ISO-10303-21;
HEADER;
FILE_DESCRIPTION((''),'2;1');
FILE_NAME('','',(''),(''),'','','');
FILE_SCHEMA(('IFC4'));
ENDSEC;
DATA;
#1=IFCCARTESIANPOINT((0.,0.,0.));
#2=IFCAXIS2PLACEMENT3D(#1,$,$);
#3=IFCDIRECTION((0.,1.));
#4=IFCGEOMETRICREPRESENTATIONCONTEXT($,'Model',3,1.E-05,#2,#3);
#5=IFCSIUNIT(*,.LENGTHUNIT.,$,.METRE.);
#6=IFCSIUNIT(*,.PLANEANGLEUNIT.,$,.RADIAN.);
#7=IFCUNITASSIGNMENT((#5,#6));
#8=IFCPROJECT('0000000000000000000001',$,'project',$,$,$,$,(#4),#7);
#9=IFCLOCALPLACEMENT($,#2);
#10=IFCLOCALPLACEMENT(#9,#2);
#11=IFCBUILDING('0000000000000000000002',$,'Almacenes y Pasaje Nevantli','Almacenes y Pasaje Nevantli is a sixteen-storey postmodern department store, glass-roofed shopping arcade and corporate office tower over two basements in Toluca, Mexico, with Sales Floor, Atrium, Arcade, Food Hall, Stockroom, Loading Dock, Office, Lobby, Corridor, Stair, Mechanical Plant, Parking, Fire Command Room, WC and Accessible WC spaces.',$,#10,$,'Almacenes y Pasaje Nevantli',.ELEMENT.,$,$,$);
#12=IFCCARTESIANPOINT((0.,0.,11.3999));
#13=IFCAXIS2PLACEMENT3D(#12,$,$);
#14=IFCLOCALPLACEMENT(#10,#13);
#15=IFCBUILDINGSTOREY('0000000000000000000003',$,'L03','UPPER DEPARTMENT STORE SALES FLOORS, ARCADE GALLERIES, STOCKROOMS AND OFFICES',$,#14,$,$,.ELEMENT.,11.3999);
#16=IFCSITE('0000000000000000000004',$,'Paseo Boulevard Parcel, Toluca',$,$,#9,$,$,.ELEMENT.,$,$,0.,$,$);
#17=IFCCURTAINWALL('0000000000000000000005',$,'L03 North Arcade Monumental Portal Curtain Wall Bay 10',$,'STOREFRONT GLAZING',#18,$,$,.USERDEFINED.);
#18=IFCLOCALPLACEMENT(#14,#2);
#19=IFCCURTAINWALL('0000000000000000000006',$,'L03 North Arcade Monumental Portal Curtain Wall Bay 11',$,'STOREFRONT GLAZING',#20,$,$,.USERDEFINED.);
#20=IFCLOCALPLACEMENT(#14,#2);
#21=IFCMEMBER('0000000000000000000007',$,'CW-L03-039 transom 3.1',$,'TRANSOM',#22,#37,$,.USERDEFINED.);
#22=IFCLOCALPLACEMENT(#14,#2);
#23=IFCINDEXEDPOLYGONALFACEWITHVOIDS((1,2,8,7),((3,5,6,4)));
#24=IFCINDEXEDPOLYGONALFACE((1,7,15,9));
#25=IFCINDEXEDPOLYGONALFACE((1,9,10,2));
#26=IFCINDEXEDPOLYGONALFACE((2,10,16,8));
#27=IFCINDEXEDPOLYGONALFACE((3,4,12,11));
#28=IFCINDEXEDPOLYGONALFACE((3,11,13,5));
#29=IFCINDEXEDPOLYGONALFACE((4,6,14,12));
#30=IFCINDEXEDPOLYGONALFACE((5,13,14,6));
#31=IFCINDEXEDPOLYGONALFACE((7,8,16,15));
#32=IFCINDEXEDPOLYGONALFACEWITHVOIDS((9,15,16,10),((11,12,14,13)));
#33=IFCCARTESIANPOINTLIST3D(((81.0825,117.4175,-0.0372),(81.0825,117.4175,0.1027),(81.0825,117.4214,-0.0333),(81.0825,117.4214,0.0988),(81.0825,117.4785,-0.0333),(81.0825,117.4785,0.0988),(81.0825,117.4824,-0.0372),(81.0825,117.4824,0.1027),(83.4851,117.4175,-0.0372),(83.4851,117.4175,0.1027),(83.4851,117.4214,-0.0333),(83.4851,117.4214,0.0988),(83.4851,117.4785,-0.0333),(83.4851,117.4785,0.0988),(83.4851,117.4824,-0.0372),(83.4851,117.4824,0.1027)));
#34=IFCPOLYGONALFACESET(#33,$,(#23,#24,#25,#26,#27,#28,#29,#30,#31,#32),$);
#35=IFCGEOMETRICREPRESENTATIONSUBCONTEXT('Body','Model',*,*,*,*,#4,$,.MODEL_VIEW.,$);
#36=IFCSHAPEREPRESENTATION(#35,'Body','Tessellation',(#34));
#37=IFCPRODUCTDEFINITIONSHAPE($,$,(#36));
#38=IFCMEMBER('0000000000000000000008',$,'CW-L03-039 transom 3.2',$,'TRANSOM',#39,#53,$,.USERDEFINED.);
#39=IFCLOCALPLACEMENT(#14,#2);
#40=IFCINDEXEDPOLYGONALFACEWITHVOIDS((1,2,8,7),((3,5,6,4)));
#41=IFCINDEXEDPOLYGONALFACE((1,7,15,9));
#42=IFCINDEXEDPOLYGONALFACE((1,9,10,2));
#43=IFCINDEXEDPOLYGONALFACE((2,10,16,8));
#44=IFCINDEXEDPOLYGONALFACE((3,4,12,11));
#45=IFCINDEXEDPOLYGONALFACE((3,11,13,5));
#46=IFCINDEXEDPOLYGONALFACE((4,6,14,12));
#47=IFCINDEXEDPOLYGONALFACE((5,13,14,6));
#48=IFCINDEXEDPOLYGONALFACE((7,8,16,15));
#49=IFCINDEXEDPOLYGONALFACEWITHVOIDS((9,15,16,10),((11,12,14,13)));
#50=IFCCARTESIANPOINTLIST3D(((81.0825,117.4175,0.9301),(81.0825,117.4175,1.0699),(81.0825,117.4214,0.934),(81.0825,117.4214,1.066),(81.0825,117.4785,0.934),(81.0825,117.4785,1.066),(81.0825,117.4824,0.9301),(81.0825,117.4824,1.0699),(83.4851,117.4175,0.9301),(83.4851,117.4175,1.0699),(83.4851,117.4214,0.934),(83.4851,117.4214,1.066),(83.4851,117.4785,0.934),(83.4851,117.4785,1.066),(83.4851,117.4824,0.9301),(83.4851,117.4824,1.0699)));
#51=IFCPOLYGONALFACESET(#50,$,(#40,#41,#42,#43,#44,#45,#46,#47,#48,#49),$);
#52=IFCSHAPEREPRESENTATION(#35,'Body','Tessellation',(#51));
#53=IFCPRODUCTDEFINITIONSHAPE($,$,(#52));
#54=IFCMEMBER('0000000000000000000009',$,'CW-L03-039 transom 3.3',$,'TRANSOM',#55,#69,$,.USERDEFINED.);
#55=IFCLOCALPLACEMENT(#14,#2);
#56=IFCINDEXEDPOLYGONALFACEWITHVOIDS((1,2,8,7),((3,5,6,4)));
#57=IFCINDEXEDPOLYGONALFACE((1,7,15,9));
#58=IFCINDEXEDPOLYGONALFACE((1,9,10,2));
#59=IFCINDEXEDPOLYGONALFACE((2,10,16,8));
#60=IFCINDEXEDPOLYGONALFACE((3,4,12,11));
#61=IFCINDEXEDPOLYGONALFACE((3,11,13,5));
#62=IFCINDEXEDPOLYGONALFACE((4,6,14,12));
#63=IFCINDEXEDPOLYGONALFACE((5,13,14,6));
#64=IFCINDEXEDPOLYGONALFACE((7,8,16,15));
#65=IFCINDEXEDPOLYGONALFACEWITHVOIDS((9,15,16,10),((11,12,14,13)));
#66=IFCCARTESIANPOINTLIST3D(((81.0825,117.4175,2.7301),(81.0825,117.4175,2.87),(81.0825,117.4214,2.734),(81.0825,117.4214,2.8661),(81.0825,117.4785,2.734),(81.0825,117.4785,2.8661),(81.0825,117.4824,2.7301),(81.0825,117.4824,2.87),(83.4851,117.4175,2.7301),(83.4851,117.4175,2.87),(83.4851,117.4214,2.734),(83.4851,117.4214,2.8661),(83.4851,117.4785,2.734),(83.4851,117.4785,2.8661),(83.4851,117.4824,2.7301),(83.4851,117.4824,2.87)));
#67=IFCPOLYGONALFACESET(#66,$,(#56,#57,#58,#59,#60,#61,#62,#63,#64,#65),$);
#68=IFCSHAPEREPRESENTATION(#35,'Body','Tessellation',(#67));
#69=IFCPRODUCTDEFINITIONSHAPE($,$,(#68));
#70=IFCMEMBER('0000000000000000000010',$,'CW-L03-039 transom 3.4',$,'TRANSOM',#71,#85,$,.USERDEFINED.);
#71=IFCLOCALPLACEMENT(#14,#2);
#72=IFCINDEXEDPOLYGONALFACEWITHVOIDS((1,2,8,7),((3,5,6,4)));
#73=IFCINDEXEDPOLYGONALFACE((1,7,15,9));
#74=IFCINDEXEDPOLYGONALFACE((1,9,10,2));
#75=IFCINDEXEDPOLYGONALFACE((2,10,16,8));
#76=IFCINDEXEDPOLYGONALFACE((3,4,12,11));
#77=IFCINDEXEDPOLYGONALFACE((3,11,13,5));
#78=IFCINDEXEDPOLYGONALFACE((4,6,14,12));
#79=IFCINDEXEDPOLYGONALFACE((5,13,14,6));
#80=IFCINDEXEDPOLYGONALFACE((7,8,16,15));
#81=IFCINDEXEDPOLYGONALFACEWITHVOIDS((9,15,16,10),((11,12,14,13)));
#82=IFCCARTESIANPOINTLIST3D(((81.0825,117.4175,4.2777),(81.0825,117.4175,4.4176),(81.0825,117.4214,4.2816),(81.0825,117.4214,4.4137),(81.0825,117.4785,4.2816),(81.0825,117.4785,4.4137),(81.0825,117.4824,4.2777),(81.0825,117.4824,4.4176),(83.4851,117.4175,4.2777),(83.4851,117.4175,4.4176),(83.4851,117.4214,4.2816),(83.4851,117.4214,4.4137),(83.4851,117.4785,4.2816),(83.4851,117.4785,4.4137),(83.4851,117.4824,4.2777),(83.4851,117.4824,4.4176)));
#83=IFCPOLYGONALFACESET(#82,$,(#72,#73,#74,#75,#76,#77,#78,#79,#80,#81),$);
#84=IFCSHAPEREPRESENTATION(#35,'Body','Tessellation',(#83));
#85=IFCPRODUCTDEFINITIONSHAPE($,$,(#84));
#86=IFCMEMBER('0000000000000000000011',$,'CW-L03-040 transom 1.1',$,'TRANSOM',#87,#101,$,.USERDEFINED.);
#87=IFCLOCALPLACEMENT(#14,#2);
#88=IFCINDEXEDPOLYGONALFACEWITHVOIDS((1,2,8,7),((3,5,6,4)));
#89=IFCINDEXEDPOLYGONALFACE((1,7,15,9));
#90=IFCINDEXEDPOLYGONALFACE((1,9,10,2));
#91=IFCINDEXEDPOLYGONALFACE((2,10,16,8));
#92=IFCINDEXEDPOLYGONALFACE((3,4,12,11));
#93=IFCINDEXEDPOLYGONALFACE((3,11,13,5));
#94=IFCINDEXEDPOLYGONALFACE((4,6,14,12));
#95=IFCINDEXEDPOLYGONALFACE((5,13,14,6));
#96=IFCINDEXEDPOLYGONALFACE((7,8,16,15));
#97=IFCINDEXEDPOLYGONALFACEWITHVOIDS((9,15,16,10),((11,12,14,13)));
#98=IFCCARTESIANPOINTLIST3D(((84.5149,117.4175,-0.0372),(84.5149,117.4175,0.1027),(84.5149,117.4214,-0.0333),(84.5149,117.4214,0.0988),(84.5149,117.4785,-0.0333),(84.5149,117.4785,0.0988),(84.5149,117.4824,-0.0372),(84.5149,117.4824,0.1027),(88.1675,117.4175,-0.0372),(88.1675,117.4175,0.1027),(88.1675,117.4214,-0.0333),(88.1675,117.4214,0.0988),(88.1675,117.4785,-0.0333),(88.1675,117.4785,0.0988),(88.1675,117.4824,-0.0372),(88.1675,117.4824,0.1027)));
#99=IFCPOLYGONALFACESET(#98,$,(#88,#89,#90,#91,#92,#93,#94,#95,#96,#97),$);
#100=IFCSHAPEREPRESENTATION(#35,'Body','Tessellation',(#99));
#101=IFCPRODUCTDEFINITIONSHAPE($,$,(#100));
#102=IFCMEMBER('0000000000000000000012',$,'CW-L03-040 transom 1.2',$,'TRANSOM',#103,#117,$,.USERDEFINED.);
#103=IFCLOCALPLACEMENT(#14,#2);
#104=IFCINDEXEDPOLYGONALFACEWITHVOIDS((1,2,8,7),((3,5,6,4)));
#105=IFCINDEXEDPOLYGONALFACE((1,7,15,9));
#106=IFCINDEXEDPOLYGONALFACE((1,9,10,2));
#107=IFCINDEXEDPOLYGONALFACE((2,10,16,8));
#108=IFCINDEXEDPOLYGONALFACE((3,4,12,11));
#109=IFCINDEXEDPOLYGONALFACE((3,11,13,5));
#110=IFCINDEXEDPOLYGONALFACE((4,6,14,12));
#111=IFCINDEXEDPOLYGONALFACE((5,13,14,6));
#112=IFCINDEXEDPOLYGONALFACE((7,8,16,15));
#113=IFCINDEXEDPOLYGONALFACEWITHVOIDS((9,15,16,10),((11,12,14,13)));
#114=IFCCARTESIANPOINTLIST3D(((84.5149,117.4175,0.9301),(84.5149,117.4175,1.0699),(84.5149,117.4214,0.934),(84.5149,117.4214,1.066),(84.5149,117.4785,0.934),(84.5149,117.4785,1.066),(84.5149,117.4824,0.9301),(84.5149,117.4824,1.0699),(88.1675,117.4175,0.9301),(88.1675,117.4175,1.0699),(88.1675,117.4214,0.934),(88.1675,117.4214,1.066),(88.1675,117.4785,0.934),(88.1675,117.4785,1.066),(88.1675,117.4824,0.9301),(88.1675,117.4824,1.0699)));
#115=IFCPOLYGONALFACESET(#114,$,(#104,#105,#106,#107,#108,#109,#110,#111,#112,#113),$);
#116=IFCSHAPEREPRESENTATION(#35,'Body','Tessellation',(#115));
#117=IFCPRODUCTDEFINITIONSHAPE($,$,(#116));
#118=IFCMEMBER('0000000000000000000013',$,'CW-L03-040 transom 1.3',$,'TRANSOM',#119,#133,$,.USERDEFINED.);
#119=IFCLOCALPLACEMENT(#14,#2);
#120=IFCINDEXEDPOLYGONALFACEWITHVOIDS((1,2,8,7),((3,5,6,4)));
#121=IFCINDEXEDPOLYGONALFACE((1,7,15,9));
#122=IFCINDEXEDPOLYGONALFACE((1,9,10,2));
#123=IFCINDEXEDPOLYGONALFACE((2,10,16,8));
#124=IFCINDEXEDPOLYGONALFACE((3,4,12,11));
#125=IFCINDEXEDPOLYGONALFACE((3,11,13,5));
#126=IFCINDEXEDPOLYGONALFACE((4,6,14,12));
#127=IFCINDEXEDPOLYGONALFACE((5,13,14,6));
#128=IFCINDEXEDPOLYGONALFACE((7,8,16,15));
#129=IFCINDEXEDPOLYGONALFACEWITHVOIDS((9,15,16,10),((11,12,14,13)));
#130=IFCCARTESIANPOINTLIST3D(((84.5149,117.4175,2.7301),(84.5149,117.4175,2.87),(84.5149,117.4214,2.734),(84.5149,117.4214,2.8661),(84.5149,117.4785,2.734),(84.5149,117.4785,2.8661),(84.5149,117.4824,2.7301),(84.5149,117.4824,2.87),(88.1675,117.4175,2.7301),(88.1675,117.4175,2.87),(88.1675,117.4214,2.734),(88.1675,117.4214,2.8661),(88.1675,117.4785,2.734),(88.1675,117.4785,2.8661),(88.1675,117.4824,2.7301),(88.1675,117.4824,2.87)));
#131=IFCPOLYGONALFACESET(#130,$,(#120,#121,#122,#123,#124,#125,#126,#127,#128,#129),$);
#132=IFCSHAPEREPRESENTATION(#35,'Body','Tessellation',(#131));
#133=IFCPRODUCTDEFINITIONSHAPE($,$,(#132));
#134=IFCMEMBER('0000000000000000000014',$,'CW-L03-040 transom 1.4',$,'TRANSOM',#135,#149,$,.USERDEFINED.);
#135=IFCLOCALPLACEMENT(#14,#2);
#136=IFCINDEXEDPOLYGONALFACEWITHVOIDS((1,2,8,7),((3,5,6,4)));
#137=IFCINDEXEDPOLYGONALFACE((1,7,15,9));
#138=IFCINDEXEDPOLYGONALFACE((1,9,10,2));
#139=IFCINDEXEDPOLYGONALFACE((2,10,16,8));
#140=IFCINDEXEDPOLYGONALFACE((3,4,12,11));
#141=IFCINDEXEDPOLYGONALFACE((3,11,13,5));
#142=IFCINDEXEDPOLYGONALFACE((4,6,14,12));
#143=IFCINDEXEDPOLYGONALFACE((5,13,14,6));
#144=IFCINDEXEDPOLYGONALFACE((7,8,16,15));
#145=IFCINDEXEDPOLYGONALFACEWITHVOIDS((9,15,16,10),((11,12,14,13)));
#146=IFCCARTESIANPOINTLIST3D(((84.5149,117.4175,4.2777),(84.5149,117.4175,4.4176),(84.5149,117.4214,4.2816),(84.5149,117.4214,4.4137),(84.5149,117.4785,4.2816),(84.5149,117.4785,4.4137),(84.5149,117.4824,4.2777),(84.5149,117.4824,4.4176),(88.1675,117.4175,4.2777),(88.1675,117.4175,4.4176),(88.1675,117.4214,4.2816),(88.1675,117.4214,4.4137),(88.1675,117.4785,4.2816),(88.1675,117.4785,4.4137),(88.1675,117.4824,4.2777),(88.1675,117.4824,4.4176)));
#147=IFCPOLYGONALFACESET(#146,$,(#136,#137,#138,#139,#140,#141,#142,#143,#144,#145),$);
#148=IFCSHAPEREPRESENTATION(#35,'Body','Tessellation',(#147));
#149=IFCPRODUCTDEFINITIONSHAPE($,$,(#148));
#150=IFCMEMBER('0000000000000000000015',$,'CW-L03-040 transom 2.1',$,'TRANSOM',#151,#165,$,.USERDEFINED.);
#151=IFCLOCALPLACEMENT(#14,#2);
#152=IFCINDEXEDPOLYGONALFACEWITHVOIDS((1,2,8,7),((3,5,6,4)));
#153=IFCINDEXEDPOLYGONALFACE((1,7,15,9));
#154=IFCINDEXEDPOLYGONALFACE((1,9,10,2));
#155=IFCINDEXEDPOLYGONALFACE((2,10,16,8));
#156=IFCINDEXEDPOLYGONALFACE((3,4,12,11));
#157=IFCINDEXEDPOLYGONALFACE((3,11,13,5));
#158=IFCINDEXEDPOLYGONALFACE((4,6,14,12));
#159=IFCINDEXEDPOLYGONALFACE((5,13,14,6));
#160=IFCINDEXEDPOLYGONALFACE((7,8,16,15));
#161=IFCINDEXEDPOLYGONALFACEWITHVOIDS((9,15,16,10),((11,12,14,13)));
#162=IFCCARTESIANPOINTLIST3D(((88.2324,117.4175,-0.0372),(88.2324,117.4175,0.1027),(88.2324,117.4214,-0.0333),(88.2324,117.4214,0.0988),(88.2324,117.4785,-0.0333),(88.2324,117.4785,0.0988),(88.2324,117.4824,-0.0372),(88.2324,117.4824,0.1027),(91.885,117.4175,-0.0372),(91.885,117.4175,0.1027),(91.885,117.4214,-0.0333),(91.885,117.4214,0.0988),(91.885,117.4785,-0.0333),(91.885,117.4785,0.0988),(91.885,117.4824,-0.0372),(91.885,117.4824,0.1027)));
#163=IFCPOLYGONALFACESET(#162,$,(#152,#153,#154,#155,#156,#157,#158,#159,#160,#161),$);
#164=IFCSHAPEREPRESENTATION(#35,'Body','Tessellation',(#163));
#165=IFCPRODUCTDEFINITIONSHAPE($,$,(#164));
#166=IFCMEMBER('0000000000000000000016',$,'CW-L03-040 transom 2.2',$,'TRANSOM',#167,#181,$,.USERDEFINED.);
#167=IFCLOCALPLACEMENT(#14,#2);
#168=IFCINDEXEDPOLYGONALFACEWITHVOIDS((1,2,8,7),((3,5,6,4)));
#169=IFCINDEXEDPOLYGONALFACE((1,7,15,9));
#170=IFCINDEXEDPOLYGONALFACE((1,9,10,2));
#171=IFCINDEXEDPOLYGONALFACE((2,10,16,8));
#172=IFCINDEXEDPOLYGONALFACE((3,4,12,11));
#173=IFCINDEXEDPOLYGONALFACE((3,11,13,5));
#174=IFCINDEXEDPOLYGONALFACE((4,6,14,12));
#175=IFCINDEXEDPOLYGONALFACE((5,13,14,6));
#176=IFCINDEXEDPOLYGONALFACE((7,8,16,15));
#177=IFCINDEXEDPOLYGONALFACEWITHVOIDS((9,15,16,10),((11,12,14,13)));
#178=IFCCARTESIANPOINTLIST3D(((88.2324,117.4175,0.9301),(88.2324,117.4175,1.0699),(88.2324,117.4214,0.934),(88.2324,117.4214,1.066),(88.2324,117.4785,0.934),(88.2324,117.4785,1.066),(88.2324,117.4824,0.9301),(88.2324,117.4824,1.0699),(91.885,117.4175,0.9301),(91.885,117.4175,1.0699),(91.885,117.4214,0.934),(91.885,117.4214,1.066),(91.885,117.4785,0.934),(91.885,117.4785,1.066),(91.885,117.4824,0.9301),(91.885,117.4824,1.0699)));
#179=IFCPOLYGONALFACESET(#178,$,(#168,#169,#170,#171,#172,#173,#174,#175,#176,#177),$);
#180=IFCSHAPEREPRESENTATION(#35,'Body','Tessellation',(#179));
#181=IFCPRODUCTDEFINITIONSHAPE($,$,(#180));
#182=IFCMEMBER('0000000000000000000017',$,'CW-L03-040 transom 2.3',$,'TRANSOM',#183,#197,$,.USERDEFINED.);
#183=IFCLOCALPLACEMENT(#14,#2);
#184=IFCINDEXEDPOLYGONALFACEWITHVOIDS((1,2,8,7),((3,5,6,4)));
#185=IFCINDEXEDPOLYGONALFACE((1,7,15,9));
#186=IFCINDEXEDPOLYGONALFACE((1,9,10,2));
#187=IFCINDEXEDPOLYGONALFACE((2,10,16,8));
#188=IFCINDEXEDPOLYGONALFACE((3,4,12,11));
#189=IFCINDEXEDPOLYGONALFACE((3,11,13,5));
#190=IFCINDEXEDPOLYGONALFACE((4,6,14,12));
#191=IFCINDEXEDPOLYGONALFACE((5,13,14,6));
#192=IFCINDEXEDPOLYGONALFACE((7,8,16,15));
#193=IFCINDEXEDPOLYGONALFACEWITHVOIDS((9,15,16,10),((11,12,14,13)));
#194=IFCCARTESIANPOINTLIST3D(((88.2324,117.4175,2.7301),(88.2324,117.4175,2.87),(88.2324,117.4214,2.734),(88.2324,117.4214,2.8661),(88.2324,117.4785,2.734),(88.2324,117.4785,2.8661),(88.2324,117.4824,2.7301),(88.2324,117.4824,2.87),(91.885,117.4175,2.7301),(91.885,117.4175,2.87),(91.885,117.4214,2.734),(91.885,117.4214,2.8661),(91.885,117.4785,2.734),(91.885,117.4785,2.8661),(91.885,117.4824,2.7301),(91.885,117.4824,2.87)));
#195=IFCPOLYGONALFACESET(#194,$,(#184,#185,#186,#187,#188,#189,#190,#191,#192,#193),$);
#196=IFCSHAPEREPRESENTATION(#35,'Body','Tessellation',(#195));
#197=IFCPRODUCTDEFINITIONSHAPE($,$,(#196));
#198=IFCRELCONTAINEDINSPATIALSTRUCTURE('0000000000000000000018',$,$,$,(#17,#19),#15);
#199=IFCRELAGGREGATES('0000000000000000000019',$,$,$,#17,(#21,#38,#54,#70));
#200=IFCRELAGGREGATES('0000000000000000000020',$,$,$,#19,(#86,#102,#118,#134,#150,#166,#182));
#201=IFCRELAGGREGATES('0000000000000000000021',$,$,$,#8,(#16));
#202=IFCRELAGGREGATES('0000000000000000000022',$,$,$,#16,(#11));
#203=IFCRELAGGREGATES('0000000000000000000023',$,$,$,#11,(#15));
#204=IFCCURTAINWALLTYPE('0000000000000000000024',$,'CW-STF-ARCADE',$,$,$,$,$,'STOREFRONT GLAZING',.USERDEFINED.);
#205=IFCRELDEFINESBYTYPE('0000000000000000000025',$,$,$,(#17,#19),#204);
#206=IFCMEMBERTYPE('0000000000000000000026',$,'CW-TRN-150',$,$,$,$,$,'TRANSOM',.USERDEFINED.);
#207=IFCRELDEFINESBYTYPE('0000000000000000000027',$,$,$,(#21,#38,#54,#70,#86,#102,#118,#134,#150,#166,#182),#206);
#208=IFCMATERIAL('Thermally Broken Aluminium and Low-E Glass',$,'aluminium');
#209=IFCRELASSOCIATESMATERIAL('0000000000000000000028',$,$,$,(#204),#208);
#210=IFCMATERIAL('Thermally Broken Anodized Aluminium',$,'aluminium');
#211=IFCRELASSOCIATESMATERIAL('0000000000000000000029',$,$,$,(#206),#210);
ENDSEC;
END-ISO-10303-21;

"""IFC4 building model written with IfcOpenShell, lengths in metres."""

from ifc_helpers import new_model, si_unit, direction, frame, origin, origin_2d, place, context, subcontext, project, spatial, hollow_rectangle, extrude, material, material_profile, profile_set, type_object, element, aggregate, save


model = new_model("IFC4")

# Units and contexts
model_context = context("Model", 3, precision=1e-05, world=origin(), true_north=direction((0.0, 1.0)))
body_context = subcontext(model_context, "Body", "Model", "MODEL_VIEW")
ifc_project = project(units=[si_unit("LENGTHUNIT", "METRE"), si_unit("PLANEANGLEUNIT", "RADIAN")], contexts=[model_context])

# Site, building, storey
site_placement = place(None, origin())
site = spatial("IfcSite", under=ifc_project, at=site_placement, Name="Paseo Boulevard Parcel, Toluca", CompositionType="ELEMENT", RefElevation=0.0)
building_placement = place(site_placement, origin())
building = spatial("IfcBuilding", under=site, at=building_placement, Name="Almacenes y Pasaje Nevantli", Description="Almacenes y Pasaje Nevantli is a sixteen-storey postmodern department store, glass-roofed shopping arcade and corporate office tower over two basements in Toluca, Mexico, with Sales Floor, Atrium, Arcade, Food Hall, Stockroom, Loading Dock, Office, Lobby, Corridor, Stair, Mechanical Plant, Parking, Fire Command Room, WC and Accessible WC spaces.", LongName="Almacenes y Pasaje Nevantli", CompositionType="ELEMENT")
storey_placement = place(building_placement, frame((0.0, 0.0, 11.3999)))
storey = spatial("IfcBuildingStorey", under=building, at=storey_placement, Name="L03", Description="UPPER DEPARTMENT STORE SALES FLOORS, ARCADE GALLERIES, STOCKROOMS AND OFFICES", CompositionType="ELEMENT", Elevation=11.3999)

# Curtain walls
ifc_material_1 = material(Name="Thermally Broken Aluminium and Low-E Glass", Category="aluminium")
curtain_wall_type_1 = type_object("IfcCurtainWallType", Name="CW-STF-ARCADE", ElementType="STOREFRONT GLAZING", PredefinedType="USERDEFINED", material=ifc_material_1)
curtain_wall_1_placement = place(storey_placement, origin())
curtain_wall_1 = element("IfcCurtainWall", 1, at=curtain_wall_1_placement, inside=storey, type_object=curtain_wall_type_1, Name="L03 North Arcade Monumental Portal Curtain Wall Bay 10", ObjectType="STOREFRONT GLAZING", PredefinedType="USERDEFINED")
curtain_wall_2_placement = place(storey_placement, origin())
curtain_wall_2 = element("IfcCurtainWall", 2, at=curtain_wall_2_placement, inside=storey, type_object=curtain_wall_type_1, Name="L03 North Arcade Monumental Portal Curtain Wall Bay 11", ObjectType="STOREFRONT GLAZING", PredefinedType="USERDEFINED")

# Members
ifc_material_2 = material(Name="Thermally Broken Anodized Aluminium", Category="aluminium")
ifc_material_profile_1 = material_profile(ifc_material_2, hollow_rectangle(XDim=0.0649, YDim=0.1399, WallThickness=0.0039, at=origin_2d()), Name="ALU-TRN-65x140")
ifc_profile_set_1 = profile_set([ifc_material_profile_1], Name="Thermally Broken Anodized Aluminium")
member_type_1 = type_object("IfcMemberType", Name="CW-TRN-150", ElementType="TRANSOM", PredefinedType="USERDEFINED", material=ifc_profile_set_1)
member_1_placement = place(storey_placement, frame((81.0825, 117.45, 0.0327), z_axis=(1.0, 0.0, 0.0), x_axis=(0.0, 1.0, 0.0)))
member_1 = element("IfcMember", 3, at=member_1_placement, type_object=member_type_1, Name="CW-L03-039 transom 3.1", ObjectType="TRANSOM", PredefinedType="USERDEFINED", context=body_context, shape_type="SweptSolid", body=[
    extrude(hollow_rectangle(XDim=0.0649, YDim=0.1399, WallThickness=0.0039, at=origin_2d()), origin(), (0.0, 0.0, 1.0), 2.4026),
])
member_2_placement = place(storey_placement, frame((81.0825, 117.45, 1.0), z_axis=(1.0, 0.0, 0.0), x_axis=(0.0, 1.0, 0.0)))
member_2 = element("IfcMember", 4, at=member_2_placement, type_object=member_type_1, Name="CW-L03-039 transom 3.2", ObjectType="TRANSOM", PredefinedType="USERDEFINED", context=body_context, shape_type="SweptSolid", body=[
    extrude(hollow_rectangle(XDim=0.0649, YDim=0.1399, WallThickness=0.0039, at=origin_2d()), origin(), (0.0, 0.0, 1.0), 2.4026),
])
member_3_placement = place(storey_placement, frame((81.0825, 117.45, 2.8), z_axis=(1.0, 0.0, 0.0), x_axis=(0.0, 1.0, 0.0)))
member_3 = element("IfcMember", 5, at=member_3_placement, type_object=member_type_1, Name="CW-L03-039 transom 3.3", ObjectType="TRANSOM", PredefinedType="USERDEFINED", context=body_context, shape_type="SweptSolid", body=[
    extrude(hollow_rectangle(XDim=0.0649, YDim=0.1399, WallThickness=0.0039, at=origin_2d()), origin(), (0.0, 0.0, 1.0), 2.4026),
])
member_4_placement = place(storey_placement, frame((81.0825, 117.45, 4.3477), z_axis=(1.0, 0.0, 0.0), x_axis=(0.0, 1.0, 0.0)))
member_4 = element("IfcMember", 6, at=member_4_placement, type_object=member_type_1, Name="CW-L03-039 transom 3.4", ObjectType="TRANSOM", PredefinedType="USERDEFINED", context=body_context, shape_type="SweptSolid", body=[
    extrude(hollow_rectangle(XDim=0.0649, YDim=0.1399, WallThickness=0.0039, at=origin_2d()), origin(), (0.0, 0.0, 1.0), 2.4026),
])
member_5_placement = place(storey_placement, frame((84.5149, 117.45, 0.0327), z_axis=(1.0, 0.0, 0.0), x_axis=(0.0, 1.0, 0.0)))
member_5 = element("IfcMember", 7, at=member_5_placement, type_object=member_type_1, Name="CW-L03-040 transom 1.1", ObjectType="TRANSOM", PredefinedType="USERDEFINED", context=body_context, shape_type="SweptSolid", body=[
    extrude(hollow_rectangle(XDim=0.0649, YDim=0.1399, WallThickness=0.0039, at=origin_2d()), origin(), (0.0, 0.0, 1.0), 3.6526),
])
member_6_placement = place(storey_placement, frame((84.5149, 117.45, 1.0), z_axis=(1.0, 0.0, 0.0), x_axis=(0.0, 1.0, 0.0)))
member_6 = element("IfcMember", 8, at=member_6_placement, type_object=member_type_1, Name="CW-L03-040 transom 1.2", ObjectType="TRANSOM", PredefinedType="USERDEFINED", context=body_context, shape_type="SweptSolid", body=[
    extrude(hollow_rectangle(XDim=0.0649, YDim=0.1399, WallThickness=0.0039, at=origin_2d()), origin(), (0.0, 0.0, 1.0), 3.6526),
])
member_7_placement = place(storey_placement, frame((84.5149, 117.45, 2.8), z_axis=(1.0, 0.0, 0.0), x_axis=(0.0, 1.0, 0.0)))
member_7 = element("IfcMember", 9, at=member_7_placement, type_object=member_type_1, Name="CW-L03-040 transom 1.3", ObjectType="TRANSOM", PredefinedType="USERDEFINED", context=body_context, shape_type="SweptSolid", body=[
    extrude(hollow_rectangle(XDim=0.0649, YDim=0.1399, WallThickness=0.0039, at=origin_2d()), origin(), (0.0, 0.0, 1.0), 3.6526),
])
member_8_placement = place(storey_placement, frame((84.5149, 117.45, 4.3477), z_axis=(1.0, 0.0, 0.0), x_axis=(0.0, 1.0, 0.0)))
member_8 = element("IfcMember", 10, at=member_8_placement, type_object=member_type_1, Name="CW-L03-040 transom 1.4", ObjectType="TRANSOM", PredefinedType="USERDEFINED", context=body_context, shape_type="SweptSolid", body=[
    extrude(hollow_rectangle(XDim=0.0649, YDim=0.1399, WallThickness=0.0039, at=origin_2d()), origin(), (0.0, 0.0, 1.0), 3.6526),
])
member_9_placement = place(storey_placement, frame((88.2324, 117.45, 0.0327), z_axis=(1.0, 0.0, 0.0), x_axis=(0.0, 1.0, 0.0)))
member_9 = element("IfcMember", 11, at=member_9_placement, type_object=member_type_1, Name="CW-L03-040 transom 2.1", ObjectType="TRANSOM", PredefinedType="USERDEFINED", context=body_context, shape_type="SweptSolid", body=[
    extrude(hollow_rectangle(XDim=0.0649, YDim=0.1399, WallThickness=0.0039, at=origin_2d()), origin(), (0.0, 0.0, 1.0), 3.6526),
])
member_10_placement = place(storey_placement, frame((88.2324, 117.45, 1.0), z_axis=(1.0, 0.0, 0.0), x_axis=(0.0, 1.0, 0.0)))
member_10 = element("IfcMember", 12, at=member_10_placement, type_object=member_type_1, Name="CW-L03-040 transom 2.2", ObjectType="TRANSOM", PredefinedType="USERDEFINED", context=body_context, shape_type="SweptSolid", body=[
    extrude(hollow_rectangle(XDim=0.0649, YDim=0.1399, WallThickness=0.0039, at=origin_2d()), origin(), (0.0, 0.0, 1.0), 3.6526),
])
member_11_placement = place(storey_placement, frame((88.2324, 117.45, 2.8), z_axis=(1.0, 0.0, 0.0), x_axis=(0.0, 1.0, 0.0)))
member_11 = element("IfcMember", 13, at=member_11_placement, type_object=member_type_1, Name="CW-L03-040 transom 2.3", ObjectType="TRANSOM", PredefinedType="USERDEFINED", context=body_context, shape_type="SweptSolid", body=[
    extrude(hollow_rectangle(XDim=0.0649, YDim=0.1399, WallThickness=0.0039, at=origin_2d()), origin(), (0.0, 0.0, 1.0), 3.6526),
])

aggregate(curtain_wall_1, [member_1, member_2, member_3, member_4])
aggregate(curtain_wall_2, [member_5, member_6, member_7, member_8, member_9, member_10, member_11])

save(model, "model.ifc")
